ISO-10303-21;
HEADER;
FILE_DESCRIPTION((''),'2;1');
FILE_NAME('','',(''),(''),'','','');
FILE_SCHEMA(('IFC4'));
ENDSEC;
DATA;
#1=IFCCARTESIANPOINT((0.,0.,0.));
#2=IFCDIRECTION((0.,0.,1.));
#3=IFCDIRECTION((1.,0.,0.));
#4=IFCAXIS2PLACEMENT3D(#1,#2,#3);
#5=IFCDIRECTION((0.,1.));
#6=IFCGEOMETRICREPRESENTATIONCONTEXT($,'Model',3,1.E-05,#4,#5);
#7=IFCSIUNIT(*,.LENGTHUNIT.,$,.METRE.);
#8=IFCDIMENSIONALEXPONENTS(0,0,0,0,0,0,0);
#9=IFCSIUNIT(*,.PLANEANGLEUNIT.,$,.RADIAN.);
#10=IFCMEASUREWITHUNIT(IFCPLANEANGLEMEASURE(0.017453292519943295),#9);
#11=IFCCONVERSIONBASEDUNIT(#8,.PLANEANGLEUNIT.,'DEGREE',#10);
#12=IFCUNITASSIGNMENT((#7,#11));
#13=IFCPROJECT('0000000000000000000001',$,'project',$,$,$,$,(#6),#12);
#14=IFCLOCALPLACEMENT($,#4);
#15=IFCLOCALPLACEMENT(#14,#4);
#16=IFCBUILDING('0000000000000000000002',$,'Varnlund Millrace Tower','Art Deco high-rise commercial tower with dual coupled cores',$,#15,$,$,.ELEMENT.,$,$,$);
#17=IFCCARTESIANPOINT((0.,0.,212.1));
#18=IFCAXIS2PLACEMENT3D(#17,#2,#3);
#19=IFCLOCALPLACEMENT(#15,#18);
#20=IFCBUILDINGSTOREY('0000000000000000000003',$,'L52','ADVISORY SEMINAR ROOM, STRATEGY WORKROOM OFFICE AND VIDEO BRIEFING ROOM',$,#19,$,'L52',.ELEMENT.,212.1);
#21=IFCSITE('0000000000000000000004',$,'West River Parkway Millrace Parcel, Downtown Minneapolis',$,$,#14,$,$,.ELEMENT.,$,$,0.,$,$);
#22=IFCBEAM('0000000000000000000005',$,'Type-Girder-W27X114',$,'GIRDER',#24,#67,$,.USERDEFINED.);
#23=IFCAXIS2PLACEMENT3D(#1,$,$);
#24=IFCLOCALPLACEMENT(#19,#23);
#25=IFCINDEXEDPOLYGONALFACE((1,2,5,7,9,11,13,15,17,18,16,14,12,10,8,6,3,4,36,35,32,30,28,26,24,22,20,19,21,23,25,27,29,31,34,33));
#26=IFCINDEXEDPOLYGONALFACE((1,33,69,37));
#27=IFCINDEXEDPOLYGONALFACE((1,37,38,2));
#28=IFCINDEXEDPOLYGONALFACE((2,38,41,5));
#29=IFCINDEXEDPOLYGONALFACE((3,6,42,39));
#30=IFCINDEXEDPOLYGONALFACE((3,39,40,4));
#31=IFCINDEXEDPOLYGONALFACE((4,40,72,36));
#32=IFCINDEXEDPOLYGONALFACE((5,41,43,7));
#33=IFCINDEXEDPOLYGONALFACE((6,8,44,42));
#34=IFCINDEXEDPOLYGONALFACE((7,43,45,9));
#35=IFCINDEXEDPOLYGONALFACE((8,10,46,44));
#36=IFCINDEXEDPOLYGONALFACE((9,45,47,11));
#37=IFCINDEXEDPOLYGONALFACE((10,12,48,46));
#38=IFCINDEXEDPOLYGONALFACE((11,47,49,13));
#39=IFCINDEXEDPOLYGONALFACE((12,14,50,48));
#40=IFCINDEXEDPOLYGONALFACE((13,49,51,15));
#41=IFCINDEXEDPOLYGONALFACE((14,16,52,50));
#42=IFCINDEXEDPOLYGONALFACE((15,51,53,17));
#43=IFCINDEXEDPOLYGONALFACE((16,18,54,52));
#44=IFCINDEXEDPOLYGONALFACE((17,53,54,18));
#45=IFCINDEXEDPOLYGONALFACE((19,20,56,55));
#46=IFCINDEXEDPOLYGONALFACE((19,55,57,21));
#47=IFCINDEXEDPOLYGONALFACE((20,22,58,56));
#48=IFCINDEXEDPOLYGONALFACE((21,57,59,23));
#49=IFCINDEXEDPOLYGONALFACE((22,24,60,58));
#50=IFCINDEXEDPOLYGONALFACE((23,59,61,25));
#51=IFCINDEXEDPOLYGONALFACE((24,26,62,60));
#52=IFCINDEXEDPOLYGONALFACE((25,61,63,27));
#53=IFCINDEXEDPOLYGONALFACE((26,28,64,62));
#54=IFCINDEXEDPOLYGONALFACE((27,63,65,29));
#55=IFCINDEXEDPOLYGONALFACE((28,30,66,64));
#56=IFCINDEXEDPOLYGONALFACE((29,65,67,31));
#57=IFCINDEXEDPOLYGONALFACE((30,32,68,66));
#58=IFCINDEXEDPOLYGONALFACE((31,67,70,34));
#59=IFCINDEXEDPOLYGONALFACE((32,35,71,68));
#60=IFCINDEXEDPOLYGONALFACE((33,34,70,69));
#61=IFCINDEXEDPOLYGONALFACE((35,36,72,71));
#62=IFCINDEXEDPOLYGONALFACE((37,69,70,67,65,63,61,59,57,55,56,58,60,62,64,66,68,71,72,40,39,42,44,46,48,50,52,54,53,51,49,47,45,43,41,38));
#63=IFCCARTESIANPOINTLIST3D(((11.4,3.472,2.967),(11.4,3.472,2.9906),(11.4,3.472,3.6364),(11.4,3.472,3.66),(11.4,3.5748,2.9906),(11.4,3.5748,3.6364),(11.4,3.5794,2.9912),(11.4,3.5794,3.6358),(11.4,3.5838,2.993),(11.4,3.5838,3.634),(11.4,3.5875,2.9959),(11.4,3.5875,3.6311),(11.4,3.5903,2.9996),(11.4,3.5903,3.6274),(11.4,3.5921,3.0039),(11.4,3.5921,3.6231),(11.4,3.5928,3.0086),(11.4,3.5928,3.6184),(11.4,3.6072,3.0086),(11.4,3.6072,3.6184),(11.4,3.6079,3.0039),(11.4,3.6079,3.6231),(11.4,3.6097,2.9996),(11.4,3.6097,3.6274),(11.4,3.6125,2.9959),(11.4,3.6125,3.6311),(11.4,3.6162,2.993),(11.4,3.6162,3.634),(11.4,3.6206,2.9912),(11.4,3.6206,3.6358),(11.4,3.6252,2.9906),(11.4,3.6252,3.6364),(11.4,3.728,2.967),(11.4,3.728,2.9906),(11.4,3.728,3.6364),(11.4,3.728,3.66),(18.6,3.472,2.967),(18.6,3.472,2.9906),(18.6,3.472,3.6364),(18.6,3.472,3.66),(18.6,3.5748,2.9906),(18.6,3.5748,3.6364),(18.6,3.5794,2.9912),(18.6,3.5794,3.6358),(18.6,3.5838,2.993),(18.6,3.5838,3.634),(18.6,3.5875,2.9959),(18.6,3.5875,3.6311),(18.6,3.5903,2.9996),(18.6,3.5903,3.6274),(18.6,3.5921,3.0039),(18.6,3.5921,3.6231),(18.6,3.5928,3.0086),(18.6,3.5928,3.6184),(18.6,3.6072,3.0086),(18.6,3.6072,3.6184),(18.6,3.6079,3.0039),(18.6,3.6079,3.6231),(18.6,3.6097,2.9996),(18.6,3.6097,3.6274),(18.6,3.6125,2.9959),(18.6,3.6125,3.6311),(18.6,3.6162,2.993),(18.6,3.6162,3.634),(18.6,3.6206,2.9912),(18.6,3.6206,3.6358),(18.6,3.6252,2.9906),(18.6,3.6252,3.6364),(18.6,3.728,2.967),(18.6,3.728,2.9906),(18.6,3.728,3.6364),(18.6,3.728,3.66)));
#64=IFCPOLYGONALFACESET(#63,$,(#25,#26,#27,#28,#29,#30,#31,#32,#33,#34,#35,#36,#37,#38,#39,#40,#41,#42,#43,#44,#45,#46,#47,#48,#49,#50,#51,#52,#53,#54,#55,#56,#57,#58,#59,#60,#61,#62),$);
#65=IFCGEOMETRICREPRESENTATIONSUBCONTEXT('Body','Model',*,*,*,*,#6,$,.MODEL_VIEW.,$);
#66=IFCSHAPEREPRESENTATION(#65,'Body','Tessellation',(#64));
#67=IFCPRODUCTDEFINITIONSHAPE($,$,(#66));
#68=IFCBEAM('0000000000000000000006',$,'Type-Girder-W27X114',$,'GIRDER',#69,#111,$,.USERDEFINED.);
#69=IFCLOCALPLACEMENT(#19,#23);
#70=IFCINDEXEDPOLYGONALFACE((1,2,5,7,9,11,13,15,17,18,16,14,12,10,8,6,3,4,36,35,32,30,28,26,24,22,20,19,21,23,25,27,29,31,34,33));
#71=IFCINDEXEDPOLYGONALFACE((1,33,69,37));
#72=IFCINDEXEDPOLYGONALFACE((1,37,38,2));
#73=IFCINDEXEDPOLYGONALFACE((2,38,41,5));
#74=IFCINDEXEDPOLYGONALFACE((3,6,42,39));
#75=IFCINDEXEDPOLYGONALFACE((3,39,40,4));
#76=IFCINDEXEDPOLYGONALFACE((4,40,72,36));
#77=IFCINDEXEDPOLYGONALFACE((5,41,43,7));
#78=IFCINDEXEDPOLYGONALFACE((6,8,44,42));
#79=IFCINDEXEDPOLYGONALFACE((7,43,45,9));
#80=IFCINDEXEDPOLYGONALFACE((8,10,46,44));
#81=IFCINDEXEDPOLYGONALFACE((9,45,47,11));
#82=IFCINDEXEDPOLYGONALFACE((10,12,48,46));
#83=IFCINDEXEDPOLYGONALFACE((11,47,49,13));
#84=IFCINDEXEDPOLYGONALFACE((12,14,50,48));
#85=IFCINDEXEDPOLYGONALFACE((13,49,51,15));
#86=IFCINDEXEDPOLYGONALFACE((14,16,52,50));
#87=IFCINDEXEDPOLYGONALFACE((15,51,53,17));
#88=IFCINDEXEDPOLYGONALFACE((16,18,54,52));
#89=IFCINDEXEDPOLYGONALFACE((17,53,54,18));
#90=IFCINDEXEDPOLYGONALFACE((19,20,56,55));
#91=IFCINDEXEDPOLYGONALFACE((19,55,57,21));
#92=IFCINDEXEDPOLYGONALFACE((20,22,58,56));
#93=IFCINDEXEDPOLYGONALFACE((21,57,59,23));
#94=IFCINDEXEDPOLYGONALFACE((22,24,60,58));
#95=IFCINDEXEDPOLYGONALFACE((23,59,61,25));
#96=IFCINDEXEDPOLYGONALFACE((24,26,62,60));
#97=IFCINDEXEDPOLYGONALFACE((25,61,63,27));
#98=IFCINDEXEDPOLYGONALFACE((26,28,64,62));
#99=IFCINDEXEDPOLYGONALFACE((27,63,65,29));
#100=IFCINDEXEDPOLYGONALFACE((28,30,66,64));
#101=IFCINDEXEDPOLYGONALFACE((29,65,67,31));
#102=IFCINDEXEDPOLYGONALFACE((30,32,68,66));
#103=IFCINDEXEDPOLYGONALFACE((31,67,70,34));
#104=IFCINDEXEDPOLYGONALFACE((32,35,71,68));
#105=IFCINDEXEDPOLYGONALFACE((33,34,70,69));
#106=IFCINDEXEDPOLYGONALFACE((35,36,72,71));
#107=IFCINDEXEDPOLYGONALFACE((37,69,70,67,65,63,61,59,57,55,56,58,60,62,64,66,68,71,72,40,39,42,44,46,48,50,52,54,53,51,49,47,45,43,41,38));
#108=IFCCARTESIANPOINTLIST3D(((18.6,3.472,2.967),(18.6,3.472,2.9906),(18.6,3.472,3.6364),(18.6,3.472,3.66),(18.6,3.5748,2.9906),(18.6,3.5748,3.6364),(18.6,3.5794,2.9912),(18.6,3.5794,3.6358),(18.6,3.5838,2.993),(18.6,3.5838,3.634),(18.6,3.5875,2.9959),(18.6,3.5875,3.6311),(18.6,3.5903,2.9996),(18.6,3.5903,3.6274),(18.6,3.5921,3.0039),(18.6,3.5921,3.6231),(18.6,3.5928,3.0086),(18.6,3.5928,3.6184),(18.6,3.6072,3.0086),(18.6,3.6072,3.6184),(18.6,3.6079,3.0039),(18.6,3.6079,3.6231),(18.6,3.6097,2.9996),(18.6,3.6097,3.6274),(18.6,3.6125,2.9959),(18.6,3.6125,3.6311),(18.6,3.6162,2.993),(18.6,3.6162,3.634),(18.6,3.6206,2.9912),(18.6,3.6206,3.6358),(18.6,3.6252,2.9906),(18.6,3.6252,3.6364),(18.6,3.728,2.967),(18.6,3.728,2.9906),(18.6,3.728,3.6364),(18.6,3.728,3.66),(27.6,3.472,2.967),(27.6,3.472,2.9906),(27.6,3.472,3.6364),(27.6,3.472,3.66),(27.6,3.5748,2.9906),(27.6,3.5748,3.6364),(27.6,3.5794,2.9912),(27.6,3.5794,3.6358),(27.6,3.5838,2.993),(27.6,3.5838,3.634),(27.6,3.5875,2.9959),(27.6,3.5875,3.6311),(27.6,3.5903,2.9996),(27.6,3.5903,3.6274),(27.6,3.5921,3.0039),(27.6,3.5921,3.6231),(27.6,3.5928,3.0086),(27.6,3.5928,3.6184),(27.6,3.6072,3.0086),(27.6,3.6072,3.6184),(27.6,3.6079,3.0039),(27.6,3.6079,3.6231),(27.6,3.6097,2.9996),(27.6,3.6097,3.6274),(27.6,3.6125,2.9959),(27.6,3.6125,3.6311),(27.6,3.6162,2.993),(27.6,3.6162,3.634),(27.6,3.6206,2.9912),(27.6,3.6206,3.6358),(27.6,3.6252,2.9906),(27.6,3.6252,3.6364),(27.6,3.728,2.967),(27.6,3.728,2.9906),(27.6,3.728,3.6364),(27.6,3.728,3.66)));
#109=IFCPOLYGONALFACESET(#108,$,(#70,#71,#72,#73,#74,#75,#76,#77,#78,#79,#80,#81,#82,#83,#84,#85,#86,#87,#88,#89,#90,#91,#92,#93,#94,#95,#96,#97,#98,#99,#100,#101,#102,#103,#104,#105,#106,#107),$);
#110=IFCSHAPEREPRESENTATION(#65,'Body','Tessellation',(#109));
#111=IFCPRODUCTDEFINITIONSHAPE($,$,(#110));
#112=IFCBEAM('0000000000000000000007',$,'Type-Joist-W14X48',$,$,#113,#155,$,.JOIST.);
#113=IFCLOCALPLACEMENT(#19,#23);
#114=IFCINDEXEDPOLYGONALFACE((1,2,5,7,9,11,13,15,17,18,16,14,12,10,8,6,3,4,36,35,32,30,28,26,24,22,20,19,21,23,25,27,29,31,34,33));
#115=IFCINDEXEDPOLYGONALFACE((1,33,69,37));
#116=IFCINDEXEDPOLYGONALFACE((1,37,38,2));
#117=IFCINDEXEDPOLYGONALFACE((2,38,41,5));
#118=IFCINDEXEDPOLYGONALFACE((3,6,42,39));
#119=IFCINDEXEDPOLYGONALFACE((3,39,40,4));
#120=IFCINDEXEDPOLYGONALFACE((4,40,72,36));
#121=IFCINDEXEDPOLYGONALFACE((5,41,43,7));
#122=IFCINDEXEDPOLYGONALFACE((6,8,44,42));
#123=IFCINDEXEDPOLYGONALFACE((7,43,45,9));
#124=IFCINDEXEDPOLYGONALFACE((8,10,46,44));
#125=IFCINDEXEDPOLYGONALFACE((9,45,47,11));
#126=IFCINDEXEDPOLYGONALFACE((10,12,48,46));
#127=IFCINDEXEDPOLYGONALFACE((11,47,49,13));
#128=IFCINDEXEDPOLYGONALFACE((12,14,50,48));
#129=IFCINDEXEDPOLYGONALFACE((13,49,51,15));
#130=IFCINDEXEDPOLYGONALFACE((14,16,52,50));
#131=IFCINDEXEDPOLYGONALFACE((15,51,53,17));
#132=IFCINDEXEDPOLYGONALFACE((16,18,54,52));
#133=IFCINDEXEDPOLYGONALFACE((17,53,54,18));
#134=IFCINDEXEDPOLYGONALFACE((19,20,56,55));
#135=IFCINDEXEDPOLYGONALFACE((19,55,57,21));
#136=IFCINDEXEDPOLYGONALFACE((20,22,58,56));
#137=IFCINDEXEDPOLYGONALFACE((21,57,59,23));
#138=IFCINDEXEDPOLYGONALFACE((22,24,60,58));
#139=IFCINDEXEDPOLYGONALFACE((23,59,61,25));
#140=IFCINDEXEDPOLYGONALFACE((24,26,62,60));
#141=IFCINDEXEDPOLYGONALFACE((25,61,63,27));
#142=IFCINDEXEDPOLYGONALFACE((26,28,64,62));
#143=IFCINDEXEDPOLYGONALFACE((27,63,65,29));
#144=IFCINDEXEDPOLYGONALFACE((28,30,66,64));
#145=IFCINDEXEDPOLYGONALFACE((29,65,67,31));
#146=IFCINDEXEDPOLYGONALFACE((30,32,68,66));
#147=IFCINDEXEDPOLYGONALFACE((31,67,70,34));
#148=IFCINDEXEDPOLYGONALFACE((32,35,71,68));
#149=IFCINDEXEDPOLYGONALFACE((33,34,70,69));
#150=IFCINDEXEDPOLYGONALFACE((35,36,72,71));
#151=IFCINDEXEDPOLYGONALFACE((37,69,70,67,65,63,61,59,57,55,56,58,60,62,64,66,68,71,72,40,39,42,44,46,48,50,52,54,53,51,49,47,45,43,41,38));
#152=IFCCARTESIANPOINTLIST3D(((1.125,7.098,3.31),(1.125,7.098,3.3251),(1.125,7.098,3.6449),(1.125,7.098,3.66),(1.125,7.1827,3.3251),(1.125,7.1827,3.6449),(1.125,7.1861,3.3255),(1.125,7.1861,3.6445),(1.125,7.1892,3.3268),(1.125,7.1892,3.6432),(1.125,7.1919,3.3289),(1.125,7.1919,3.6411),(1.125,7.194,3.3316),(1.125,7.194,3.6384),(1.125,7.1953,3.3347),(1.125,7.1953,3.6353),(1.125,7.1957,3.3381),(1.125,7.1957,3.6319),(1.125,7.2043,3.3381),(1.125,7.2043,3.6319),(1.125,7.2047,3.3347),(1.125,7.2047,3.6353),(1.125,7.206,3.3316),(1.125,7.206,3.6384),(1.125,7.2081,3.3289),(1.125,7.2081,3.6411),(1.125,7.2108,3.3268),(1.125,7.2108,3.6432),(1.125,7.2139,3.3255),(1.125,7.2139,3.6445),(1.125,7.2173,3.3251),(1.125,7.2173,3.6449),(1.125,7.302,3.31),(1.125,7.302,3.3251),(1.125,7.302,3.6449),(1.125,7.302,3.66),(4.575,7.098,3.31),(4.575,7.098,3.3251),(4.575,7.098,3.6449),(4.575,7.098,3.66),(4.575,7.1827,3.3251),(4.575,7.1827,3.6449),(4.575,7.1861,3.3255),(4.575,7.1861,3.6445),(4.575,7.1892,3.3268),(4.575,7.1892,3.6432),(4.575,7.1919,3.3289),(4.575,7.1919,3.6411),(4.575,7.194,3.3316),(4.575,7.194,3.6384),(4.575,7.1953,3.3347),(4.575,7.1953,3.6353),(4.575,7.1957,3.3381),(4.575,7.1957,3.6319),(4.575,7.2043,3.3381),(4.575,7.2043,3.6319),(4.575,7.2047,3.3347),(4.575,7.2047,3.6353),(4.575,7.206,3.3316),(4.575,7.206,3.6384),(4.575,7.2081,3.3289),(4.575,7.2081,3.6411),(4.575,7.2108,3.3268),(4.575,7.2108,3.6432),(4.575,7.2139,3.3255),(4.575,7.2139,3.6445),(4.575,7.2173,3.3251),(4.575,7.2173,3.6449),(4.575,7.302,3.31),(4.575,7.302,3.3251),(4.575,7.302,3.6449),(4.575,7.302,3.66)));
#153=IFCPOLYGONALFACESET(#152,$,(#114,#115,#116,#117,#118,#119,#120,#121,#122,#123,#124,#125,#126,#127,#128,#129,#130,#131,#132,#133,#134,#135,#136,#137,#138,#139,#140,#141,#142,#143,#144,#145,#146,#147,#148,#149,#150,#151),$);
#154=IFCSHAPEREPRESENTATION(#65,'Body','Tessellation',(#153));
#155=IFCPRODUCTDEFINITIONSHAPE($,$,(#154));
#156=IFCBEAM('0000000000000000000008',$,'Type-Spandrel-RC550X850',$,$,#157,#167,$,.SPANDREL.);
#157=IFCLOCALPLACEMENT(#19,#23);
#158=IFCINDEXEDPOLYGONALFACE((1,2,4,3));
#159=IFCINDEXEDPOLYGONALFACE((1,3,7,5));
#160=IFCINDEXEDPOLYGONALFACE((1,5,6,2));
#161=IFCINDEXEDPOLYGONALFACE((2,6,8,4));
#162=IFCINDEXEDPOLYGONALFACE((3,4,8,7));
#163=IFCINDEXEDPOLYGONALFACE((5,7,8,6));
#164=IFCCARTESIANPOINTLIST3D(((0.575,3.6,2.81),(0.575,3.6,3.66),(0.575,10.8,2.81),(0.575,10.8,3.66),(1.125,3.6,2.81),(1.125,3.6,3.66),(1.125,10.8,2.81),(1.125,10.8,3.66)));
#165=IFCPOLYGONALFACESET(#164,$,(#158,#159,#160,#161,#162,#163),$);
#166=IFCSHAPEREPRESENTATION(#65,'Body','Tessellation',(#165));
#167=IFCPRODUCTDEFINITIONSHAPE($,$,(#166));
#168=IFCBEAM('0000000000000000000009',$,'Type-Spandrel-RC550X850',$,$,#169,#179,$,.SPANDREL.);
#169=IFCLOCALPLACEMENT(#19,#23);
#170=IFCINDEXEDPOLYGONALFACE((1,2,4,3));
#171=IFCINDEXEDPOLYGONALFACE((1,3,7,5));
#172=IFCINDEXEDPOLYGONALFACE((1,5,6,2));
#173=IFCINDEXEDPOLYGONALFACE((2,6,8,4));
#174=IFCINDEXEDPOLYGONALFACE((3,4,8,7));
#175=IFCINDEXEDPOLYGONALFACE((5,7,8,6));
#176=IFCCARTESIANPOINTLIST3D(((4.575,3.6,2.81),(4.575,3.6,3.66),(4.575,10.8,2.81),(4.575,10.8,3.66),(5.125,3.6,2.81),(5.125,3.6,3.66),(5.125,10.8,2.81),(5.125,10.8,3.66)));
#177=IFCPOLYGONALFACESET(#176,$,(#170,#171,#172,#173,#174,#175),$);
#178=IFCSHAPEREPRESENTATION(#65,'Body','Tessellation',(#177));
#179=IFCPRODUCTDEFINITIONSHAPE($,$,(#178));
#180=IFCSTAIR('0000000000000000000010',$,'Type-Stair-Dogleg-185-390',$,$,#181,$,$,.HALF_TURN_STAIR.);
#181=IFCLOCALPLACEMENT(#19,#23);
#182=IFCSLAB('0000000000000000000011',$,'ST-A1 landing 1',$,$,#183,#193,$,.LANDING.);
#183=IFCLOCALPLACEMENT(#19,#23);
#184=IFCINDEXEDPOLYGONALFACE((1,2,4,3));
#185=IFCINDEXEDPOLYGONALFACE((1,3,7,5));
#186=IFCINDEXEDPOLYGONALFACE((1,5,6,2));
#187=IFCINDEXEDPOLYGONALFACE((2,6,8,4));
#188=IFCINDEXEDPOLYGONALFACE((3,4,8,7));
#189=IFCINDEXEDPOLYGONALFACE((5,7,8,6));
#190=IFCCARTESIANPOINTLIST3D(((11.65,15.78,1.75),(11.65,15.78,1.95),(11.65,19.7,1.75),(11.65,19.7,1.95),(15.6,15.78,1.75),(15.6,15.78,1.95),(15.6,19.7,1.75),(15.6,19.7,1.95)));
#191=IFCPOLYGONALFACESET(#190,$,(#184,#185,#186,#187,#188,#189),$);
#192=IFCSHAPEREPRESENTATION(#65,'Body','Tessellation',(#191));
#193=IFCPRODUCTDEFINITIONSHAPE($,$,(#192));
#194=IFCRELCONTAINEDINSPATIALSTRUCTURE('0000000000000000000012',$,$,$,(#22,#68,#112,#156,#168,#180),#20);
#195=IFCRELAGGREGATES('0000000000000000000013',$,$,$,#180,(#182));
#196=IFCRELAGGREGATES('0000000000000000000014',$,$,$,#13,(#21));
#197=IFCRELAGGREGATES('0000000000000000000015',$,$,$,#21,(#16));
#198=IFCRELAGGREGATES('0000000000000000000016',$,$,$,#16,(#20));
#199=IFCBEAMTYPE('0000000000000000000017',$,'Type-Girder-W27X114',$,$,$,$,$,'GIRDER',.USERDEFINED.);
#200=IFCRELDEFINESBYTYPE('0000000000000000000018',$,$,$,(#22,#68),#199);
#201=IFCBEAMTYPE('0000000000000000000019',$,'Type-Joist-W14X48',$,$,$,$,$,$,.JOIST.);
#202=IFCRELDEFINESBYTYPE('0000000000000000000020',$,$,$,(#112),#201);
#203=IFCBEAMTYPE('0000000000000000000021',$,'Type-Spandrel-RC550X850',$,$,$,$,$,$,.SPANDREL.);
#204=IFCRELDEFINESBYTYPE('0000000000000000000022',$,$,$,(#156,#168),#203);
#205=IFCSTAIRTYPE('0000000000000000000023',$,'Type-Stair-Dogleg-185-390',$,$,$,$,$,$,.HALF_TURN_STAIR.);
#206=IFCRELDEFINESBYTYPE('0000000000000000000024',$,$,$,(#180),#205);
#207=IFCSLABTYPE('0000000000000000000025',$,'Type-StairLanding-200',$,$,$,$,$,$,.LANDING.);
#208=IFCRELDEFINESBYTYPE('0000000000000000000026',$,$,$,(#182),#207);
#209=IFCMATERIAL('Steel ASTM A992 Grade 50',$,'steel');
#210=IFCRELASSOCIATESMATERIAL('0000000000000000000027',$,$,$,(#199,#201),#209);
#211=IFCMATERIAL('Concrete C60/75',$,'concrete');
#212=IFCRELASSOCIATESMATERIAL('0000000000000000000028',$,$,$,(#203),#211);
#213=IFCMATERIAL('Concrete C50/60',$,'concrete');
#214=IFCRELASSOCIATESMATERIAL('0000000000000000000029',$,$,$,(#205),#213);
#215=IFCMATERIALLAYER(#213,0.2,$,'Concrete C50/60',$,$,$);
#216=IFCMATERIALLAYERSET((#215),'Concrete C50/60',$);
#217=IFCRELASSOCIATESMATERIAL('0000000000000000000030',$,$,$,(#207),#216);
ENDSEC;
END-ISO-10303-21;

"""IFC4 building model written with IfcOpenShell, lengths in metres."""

from ifc_helpers import new_model, entity, si_unit, converted_unit, direction, frame, origin_with_axes, origin_2d_with_axis, place, context, subcontext, project, spatial, polyline, rectangle, i_section, outline, extrude, material, layer, layer_set, material_profile, profile_set, type_object, element, aggregate, save


model = new_model("IFC4")

# Units and contexts
model_context = context("Model", 3, precision=1e-05, world=origin_with_axes(), true_north=direction((0.0, 1.0)))
body_context = subcontext(model_context, "Body", "Model", "MODEL_VIEW")
ifc_project = project(units=[si_unit("LENGTHUNIT", "METRE"), converted_unit("PLANEANGLEUNIT", "DEGREE", entity("IfcPlaneAngleMeasure", 0.017453292519943295), si_unit("PLANEANGLEUNIT", "RADIAN"), dimensions=[0, 0, 0, 0, 0, 0, 0])], contexts=[model_context])

# Site, building, storey
site_placement = place(None, origin_with_axes())
site = spatial("IfcSite", under=ifc_project, at=site_placement, Name="West River Parkway Millrace Parcel, Downtown Minneapolis", CompositionType="ELEMENT", RefElevation=0.0)
building_placement = place(site_placement, origin_with_axes())
building = spatial("IfcBuilding", under=site, at=building_placement, Name="Varnlund Millrace Tower", Description="Art Deco high-rise commercial tower with dual coupled cores", CompositionType="ELEMENT")
storey_placement = place(building_placement, frame((0.0, 0.0, 212.1), z_axis=(0.0, 0.0, 1.0), x_axis=(1.0, 0.0, 0.0)))
storey = spatial("IfcBuildingStorey", under=building, at=storey_placement, Name="L52", Description="ADVISORY SEMINAR ROOM, STRATEGY WORKROOM OFFICE AND VIDEO BRIEFING ROOM", LongName="L52", CompositionType="ELEMENT", Elevation=212.1)

# Beams
ifc_material_1 = material(Name="Steel ASTM A992 Grade 50", Category="steel")
ifc_material_profile_1 = material_profile(ifc_material_1, i_section(OverallWidth=0.256, OverallDepth=0.693, WebThickness=0.0145, FlangeThickness=0.0236, FilletRadius=0.018, at=origin_2d_with_axis()), Name="Steel ASTM A992 Grade 50")
ifc_profile_set_1 = profile_set([ifc_material_profile_1], Name="Steel ASTM A992 Grade 50")
beam_type_1 = type_object("IfcBeamType", Name="Type-Girder-W27X114", ElementType="GIRDER", PredefinedType="USERDEFINED", material=ifc_profile_set_1)
beam_1_placement = place(storey_placement, frame((11.4, 3.6, 3.3135), z_axis=(1.0, 0.0, 0.0), x_axis=(0.0, 1.0, 0.0)))
element("IfcBeam", 1, at=beam_1_placement, inside=storey, type_object=beam_type_1, Name="Type-Girder-W27X114", ObjectType="GIRDER", PredefinedType="USERDEFINED", context=body_context, shape_type="SweptSolid", body=[
    extrude(i_section(OverallWidth=0.256, OverallDepth=0.693, WebThickness=0.0145, FlangeThickness=0.0236, FilletRadius=0.018, at=origin_2d_with_axis()), origin_with_axes(), (0.0, 0.0, 1.0), 7.2),
])
beam_2_placement = place(storey_placement, frame((18.6, 3.6, 3.3135), z_axis=(1.0, 0.0, 0.0), x_axis=(0.0, 1.0, 0.0)))
element("IfcBeam", 2, at=beam_2_placement, inside=storey, type_object=beam_type_1, Name="Type-Girder-W27X114", ObjectType="GIRDER", PredefinedType="USERDEFINED", context=body_context, shape_type="SweptSolid", body=[
    extrude(i_section(OverallWidth=0.256, OverallDepth=0.693, WebThickness=0.0145, FlangeThickness=0.0236, FilletRadius=0.018, at=origin_2d_with_axis()), origin_with_axes(), (0.0, 0.0, 1.0), 9.0),
])
ifc_material_profile_2 = material_profile(ifc_material_1, i_section(OverallWidth=0.204, OverallDepth=0.35, WebThickness=0.0086, FlangeThickness=0.0151, FilletRadius=0.013, at=origin_2d_with_axis()), Name="Steel ASTM A992 Grade 50")
ifc_profile_set_2 = profile_set([ifc_material_profile_2], Name="Steel ASTM A992 Grade 50")
beam_type_2 = type_object("IfcBeamType", Name="Type-Joist-W14X48", PredefinedType="JOIST", material=ifc_profile_set_2)
beam_3_placement = place(storey_placement, frame((1.125, 7.2, 3.485), z_axis=(1.0, 0.0, 0.0), x_axis=(0.0, 1.0, 0.0)))
element("IfcBeam", 3, at=beam_3_placement, inside=storey, type_object=beam_type_2, Name="Type-Joist-W14X48", PredefinedType="JOIST", context=body_context, shape_type="SweptSolid", body=[
    extrude(i_section(OverallWidth=0.204, OverallDepth=0.35, WebThickness=0.0086, FlangeThickness=0.0151, FilletRadius=0.013, at=origin_2d_with_axis()), origin_with_axes(), (0.0, 0.0, 1.0), 3.45),
])
ifc_material_2 = material(Name="Concrete C60/75", Category="concrete")
ifc_material_profile_3 = material_profile(ifc_material_2, rectangle(XDim=0.55, YDim=0.85, at=origin_2d_with_axis()), Name="Concrete C60/75")
ifc_profile_set_3 = profile_set([ifc_material_profile_3], Name="Concrete C60/75")
beam_type_3 = type_object("IfcBeamType", Name="Type-Spandrel-RC550X850", PredefinedType="SPANDREL", material=ifc_profile_set_3)
for number, where, z_axis, x_axis, name in (
    (4, (0.85, 3.6, 3.235), (0.0, 1.0, 0.0), (-1.0, 0.0, 0.0), "Type-Spandrel-RC550X850"),
    (5, (4.85, 3.6, 3.235), (0.0, 1.0, 0.0), (-1.0, 0.0, 0.0), "Type-Spandrel-RC550X850"),
):
    element("IfcBeam", number, at=place(storey_placement, frame(where, z_axis=z_axis, x_axis=x_axis)), inside=storey, type_object=beam_type_3, Name=name, PredefinedType="SPANDREL", context=body_context, shape_type="SweptSolid", body=[
        extrude(rectangle(XDim=0.55, YDim=0.85, at=origin_2d_with_axis()), origin_with_axes(), (0.0, 0.0, 1.0), 7.2),
    ])

# Stair, slab
ifc_material_3 = material(Name="Concrete C50/60", Category="concrete")
stair_type_1 = type_object("IfcStairType", Name="Type-Stair-Dogleg-185-390", PredefinedType="HALF_TURN_STAIR", material=ifc_material_3)
stair_1_placement = place(storey_placement, origin_with_axes())
stair_1 = element("IfcStair", 6, at=stair_1_placement, inside=storey, type_object=stair_type_1, Name="Type-Stair-Dogleg-185-390", PredefinedType="HALF_TURN_STAIR")
ifc_layer_1 = layer(ifc_material_3, 0.2, Name="Concrete C50/60")
ifc_layer_set_1 = layer_set([ifc_layer_1], Name="Concrete C50/60")
slab_type = type_object("IfcSlabType", Name="Type-StairLanding-200", PredefinedType="LANDING", material=ifc_layer_set_1)
slab_1_placement = place(storey_placement, frame((0.0, 0.0, 1.75), z_axis=(0.0, 0.0, 1.0), x_axis=(1.0, 0.0, 0.0)))
slab_1 = element("IfcSlab", 7, at=slab_1_placement, type_object=slab_type, Name="ST-A1 landing 1", PredefinedType="LANDING", context=body_context, shape_type="SweptSolid", body=[
    extrude(outline(polyline([(15.6, 15.78), (15.6, 19.7), (11.65, 19.7), (11.65, 15.78), (15.6, 15.78)])), origin_with_axes(), (0.0, 0.0, 1.0), 0.2),
])
aggregate(stair_1, [slab_1])

save(model, "model.ifc")
